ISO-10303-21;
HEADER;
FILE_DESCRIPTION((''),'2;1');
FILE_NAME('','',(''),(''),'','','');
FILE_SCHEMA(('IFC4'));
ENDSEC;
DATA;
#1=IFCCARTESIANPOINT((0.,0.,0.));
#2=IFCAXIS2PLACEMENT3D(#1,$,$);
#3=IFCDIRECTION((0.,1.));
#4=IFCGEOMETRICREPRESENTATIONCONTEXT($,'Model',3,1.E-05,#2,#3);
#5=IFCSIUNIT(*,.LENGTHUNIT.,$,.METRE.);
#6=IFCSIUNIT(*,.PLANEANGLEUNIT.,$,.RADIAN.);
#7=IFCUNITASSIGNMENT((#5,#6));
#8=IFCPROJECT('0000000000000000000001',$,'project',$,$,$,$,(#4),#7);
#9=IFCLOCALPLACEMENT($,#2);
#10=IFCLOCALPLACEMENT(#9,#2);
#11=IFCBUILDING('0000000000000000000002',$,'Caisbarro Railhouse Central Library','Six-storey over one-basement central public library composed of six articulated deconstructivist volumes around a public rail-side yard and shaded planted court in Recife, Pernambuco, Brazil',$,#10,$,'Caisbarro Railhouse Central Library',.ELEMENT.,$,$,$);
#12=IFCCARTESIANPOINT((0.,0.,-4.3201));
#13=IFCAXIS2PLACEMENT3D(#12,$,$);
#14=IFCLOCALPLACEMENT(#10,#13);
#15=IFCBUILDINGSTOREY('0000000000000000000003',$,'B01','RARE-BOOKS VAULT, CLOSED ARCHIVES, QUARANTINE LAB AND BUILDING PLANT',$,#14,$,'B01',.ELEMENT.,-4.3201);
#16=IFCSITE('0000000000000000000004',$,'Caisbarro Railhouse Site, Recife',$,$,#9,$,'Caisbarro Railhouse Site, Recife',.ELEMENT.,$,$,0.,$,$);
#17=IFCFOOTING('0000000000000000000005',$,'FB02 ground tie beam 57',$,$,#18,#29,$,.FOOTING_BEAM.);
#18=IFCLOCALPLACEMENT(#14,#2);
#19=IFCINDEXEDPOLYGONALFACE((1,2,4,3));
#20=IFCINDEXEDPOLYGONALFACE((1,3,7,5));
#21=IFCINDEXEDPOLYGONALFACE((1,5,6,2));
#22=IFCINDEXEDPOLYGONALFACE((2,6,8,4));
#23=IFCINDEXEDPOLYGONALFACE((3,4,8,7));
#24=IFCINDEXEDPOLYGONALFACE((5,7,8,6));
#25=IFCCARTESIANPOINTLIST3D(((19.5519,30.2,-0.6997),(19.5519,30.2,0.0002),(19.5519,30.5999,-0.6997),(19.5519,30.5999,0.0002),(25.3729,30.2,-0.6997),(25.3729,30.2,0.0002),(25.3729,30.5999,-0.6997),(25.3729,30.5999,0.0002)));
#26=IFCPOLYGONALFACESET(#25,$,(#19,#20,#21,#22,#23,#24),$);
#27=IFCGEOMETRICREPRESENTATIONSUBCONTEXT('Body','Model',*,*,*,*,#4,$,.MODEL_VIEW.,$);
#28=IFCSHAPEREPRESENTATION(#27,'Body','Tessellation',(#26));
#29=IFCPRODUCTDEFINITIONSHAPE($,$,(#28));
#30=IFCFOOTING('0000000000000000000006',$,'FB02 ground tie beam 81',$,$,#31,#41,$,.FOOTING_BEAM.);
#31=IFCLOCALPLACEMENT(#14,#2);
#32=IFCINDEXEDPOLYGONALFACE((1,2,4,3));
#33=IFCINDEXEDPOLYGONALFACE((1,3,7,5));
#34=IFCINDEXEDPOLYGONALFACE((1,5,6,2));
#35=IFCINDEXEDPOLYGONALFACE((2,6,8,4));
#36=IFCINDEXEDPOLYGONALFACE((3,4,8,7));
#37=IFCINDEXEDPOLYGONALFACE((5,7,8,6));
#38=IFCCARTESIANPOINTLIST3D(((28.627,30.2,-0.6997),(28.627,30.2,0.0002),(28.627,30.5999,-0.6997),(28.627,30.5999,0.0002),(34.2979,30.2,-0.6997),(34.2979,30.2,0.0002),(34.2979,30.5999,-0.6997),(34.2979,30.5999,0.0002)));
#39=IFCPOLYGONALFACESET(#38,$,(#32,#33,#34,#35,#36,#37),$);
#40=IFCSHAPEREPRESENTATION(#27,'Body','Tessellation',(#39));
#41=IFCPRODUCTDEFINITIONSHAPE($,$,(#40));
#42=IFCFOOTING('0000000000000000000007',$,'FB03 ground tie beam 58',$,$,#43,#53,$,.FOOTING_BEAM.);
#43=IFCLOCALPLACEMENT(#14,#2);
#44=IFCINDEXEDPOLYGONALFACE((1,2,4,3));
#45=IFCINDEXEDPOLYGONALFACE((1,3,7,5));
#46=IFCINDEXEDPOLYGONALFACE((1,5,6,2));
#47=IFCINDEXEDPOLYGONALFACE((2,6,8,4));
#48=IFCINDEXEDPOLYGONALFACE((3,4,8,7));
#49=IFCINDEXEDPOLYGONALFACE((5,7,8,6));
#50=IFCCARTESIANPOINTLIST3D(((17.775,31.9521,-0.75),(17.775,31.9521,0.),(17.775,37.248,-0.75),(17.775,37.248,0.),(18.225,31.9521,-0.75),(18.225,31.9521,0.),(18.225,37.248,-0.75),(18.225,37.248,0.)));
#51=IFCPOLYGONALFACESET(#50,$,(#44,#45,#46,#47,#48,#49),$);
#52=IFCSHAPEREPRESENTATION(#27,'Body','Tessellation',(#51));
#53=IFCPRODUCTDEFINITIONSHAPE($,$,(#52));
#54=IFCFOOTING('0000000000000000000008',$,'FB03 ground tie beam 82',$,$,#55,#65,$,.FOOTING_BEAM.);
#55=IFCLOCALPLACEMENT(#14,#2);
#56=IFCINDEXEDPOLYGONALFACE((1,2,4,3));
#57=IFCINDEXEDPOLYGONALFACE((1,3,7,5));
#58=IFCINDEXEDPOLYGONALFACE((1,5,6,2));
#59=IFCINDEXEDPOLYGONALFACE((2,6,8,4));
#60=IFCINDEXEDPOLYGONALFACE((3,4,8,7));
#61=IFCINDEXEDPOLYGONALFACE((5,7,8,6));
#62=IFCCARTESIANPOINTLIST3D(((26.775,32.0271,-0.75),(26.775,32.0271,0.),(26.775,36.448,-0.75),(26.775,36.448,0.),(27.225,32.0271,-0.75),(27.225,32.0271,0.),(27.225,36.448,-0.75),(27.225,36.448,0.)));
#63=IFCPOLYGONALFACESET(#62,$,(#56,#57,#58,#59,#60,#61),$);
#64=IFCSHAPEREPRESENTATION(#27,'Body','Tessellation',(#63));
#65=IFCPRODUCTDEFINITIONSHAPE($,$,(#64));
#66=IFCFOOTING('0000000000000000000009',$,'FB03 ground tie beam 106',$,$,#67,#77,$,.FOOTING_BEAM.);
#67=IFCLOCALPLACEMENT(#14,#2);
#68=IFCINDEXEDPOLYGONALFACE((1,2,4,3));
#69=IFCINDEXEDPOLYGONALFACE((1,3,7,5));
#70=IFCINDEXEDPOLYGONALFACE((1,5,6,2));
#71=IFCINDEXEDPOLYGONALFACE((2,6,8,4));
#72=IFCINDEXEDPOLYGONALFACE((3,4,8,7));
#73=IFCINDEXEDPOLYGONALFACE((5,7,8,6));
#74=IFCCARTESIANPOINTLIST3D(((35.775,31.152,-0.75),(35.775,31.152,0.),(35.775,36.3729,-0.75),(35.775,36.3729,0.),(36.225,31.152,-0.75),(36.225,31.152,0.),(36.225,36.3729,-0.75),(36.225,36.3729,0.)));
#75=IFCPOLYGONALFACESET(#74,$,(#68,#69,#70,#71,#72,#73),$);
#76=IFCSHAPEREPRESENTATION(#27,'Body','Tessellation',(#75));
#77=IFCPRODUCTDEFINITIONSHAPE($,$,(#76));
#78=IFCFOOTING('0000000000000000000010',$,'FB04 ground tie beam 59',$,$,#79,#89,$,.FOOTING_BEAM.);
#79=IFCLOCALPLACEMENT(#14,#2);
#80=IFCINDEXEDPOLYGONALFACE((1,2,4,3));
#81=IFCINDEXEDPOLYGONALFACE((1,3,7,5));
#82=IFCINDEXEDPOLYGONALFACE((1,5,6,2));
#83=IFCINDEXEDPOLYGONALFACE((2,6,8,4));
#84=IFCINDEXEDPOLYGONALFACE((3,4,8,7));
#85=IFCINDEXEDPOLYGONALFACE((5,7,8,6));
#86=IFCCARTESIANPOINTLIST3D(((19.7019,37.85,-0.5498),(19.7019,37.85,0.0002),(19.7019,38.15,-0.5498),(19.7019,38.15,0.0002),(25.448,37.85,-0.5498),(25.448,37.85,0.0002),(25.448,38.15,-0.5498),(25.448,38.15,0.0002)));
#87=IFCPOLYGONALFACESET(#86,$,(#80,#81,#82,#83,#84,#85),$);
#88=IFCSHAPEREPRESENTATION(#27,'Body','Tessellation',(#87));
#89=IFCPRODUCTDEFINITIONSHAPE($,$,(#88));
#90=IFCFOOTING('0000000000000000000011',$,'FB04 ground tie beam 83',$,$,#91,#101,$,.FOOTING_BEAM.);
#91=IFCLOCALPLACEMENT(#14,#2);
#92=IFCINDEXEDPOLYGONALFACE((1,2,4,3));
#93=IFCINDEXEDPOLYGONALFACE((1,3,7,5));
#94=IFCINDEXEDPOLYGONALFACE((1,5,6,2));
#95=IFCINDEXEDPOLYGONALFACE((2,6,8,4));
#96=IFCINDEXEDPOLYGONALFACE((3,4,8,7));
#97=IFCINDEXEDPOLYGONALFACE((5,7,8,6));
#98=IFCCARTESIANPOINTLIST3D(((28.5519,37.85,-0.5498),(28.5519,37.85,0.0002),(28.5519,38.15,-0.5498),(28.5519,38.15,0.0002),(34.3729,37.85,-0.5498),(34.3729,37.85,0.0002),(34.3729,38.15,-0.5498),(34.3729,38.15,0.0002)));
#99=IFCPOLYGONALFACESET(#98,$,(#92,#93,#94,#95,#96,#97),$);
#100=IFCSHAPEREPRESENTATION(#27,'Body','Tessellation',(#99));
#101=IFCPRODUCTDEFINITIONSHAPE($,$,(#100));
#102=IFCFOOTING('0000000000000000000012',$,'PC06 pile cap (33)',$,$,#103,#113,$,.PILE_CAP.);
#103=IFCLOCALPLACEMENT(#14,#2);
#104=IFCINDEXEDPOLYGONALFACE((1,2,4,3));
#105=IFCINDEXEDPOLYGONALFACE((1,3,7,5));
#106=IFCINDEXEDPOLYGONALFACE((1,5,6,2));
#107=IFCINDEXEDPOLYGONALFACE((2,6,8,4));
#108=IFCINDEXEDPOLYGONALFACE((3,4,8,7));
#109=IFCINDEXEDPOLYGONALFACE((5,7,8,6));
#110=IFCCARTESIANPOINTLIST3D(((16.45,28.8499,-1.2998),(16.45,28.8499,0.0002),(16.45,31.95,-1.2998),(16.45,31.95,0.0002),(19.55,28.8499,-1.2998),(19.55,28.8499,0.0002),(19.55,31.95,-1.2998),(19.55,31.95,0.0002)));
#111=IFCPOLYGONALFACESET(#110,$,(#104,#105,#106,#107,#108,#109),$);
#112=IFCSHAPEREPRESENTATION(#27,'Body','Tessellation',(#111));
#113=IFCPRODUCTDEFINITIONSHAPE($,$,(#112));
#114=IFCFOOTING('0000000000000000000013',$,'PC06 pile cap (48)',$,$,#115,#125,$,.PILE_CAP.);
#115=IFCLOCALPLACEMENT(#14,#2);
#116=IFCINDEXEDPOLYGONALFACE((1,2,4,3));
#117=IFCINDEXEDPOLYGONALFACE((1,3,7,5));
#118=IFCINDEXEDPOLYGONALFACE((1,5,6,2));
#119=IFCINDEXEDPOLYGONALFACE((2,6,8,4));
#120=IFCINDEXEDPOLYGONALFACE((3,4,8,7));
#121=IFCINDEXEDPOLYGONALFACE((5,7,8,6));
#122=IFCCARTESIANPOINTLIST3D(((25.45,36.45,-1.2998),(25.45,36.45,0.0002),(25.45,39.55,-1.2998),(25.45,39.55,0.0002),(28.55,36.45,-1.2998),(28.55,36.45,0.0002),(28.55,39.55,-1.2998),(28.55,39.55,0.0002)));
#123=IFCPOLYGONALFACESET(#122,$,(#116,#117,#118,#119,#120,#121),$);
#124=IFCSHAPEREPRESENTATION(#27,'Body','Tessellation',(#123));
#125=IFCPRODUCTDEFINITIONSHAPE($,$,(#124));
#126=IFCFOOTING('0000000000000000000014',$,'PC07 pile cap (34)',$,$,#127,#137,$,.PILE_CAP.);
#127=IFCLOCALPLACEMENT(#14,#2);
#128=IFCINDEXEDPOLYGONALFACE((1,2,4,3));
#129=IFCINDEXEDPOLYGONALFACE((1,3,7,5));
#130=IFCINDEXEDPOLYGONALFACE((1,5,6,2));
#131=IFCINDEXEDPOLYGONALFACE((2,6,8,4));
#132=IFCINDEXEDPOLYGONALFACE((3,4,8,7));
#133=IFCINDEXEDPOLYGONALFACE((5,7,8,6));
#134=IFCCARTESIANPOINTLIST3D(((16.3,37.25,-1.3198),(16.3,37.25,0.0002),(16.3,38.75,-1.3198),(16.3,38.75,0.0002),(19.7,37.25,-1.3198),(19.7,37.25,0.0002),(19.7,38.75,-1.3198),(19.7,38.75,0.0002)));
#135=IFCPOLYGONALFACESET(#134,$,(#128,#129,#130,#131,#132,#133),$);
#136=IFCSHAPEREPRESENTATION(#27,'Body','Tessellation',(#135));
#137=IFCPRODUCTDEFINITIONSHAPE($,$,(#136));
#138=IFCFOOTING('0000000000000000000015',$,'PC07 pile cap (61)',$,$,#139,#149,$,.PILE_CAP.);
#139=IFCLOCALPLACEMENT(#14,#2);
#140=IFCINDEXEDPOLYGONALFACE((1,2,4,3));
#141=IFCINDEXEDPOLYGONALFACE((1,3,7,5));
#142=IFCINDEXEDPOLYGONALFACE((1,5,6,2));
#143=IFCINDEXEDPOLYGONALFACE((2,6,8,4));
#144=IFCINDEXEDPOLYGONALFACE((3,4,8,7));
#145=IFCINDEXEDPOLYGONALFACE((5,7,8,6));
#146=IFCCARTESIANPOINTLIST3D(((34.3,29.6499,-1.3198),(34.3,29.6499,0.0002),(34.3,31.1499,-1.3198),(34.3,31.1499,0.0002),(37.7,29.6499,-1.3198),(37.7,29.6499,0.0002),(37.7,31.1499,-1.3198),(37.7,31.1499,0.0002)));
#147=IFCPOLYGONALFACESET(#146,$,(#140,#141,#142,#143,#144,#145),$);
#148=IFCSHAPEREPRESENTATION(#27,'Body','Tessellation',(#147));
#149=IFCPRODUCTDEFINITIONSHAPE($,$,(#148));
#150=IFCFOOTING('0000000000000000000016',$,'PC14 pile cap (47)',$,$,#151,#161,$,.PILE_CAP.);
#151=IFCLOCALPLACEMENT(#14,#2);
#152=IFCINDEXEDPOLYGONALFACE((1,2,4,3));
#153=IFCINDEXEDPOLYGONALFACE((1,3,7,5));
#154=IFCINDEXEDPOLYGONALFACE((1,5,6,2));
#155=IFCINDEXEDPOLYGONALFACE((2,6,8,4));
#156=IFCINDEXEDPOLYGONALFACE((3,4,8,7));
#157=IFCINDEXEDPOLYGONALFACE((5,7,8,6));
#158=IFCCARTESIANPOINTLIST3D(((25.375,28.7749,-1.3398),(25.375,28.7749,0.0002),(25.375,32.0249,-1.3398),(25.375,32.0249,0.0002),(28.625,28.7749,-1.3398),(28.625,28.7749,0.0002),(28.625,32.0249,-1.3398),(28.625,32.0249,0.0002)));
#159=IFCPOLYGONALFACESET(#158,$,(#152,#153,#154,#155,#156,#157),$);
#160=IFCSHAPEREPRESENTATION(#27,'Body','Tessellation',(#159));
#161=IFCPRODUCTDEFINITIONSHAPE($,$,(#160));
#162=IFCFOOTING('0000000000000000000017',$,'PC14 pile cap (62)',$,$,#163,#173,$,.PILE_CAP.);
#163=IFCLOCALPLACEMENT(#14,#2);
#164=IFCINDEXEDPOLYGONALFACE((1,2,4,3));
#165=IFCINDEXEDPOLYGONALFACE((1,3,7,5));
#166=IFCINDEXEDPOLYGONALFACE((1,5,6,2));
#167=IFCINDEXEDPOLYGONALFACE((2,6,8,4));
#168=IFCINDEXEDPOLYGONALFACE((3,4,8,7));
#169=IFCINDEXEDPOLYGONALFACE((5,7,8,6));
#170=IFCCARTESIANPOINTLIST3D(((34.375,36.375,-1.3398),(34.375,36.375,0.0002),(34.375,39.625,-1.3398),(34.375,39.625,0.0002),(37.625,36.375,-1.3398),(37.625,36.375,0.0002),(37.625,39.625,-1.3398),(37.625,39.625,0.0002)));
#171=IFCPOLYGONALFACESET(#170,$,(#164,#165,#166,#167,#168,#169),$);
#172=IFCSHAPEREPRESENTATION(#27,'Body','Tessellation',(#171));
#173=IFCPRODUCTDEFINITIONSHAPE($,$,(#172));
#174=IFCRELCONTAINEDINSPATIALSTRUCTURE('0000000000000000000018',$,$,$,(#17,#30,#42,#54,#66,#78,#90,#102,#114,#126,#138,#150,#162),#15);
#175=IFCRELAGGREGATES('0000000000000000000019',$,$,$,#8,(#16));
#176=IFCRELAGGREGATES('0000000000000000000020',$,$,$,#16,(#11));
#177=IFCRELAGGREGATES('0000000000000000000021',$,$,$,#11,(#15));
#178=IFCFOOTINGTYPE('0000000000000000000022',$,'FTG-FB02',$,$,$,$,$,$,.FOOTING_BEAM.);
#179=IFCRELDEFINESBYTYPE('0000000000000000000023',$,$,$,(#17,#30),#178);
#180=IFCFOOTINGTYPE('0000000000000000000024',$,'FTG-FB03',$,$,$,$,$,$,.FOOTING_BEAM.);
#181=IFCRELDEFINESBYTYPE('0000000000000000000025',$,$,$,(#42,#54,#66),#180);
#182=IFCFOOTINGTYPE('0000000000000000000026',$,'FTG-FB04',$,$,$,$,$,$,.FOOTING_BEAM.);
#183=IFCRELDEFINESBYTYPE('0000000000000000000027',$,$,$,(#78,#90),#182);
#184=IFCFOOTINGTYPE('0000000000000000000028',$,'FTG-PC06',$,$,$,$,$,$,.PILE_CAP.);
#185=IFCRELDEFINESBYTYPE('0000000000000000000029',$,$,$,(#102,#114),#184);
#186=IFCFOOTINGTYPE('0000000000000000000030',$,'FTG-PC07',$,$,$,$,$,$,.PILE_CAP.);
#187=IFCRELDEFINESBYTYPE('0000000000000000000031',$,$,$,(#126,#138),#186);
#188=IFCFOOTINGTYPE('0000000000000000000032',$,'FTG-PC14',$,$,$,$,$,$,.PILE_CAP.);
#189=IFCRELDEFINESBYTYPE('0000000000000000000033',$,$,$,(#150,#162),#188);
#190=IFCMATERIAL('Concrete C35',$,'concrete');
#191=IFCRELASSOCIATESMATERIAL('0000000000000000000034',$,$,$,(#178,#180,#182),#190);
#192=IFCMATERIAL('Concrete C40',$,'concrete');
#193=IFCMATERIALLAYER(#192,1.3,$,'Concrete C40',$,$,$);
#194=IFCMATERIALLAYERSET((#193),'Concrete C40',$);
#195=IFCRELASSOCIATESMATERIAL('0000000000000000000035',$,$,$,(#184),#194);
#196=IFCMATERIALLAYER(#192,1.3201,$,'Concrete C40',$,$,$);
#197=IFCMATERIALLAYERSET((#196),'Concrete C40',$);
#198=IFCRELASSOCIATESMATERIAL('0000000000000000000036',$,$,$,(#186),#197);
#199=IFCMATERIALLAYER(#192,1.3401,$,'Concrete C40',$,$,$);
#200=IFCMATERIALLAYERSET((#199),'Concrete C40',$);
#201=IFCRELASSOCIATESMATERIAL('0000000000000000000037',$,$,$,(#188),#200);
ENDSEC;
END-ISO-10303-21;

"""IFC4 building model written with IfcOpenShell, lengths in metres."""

from ifc_helpers import new_model, si_unit, direction, frame, origin, origin_2d, place, context, subcontext, project, spatial, rectangle, extrude, material, layer, layer_set, type_object, element, save


model = new_model("IFC4")

# Units and contexts
model_context = context("Model", 3, precision=1e-05, world=origin(), true_north=direction((0.0, 1.0)))
body_context = subcontext(model_context, "Body", "Model", "MODEL_VIEW")
ifc_project = project(units=[si_unit("LENGTHUNIT", "METRE"), si_unit("PLANEANGLEUNIT", "RADIAN")], contexts=[model_context])

# Site, building, storey
site_placement = place(None, origin())
site = spatial("IfcSite", under=ifc_project, at=site_placement, Name="Caisbarro Railhouse Site, Recife", LongName="Caisbarro Railhouse Site, Recife", CompositionType="ELEMENT", RefElevation=0.0)
building_placement = place(site_placement, origin())
building = spatial("IfcBuilding", under=site, at=building_placement, Name="Caisbarro Railhouse Central Library", Description="Six-storey over one-basement central public library composed of six articulated deconstructivist volumes around a public rail-side yard and shaded planted court in Recife, Pernambuco, Brazil", LongName="Caisbarro Railhouse Central Library", CompositionType="ELEMENT")
storey_placement = place(building_placement, frame((0.0, 0.0, -4.3201)))
storey = spatial("IfcBuildingStorey", under=building, at=storey_placement, Name="B01", Description="RARE-BOOKS VAULT, CLOSED ARCHIVES, QUARANTINE LAB AND BUILDING PLANT", LongName="B01", CompositionType="ELEMENT", Elevation=-4.3201)

# Footings
ifc_material_1 = material(Name="Concrete C35", Category="concrete")
footing_type_1 = type_object("IfcFootingType", Name="FTG-FB02", PredefinedType="FOOTING_BEAM", material=ifc_material_1)
footing_1_placement = place(storey_placement, frame((22.4624, 30.3999, -0.6997), z_axis=(0.0, 0.0, 1.0), x_axis=(1.0, 0.0, 0.0)))
element("IfcFooting", 1, at=footing_1_placement, inside=storey, type_object=footing_type_1, Name="FB02 ground tie beam 57", PredefinedType="FOOTING_BEAM", context=body_context, shape_type="SweptSolid", body=[
    extrude(rectangle(XDim=5.821, YDim=0.3999, at=origin_2d()), origin(), (0.0, 0.0, 1.0), 0.7),
])
footing_2_placement = place(storey_placement, frame((31.4624, 30.3999, -0.6997), z_axis=(0.0, 0.0, 1.0), x_axis=(1.0, 0.0, 0.0)))
element("IfcFooting", 2, at=footing_2_placement, inside=storey, type_object=footing_type_1, Name="FB02 ground tie beam 81", PredefinedType="FOOTING_BEAM", context=body_context, shape_type="SweptSolid", body=[
    extrude(rectangle(XDim=5.6709, YDim=0.3999, at=origin_2d()), origin(), (0.0, 0.0, 1.0), 0.7),
])
footing_type_2 = type_object("IfcFootingType", Name="FTG-FB03", PredefinedType="FOOTING_BEAM", material=ifc_material_1)
footing_3_placement = place(storey_placement, frame((18.0, 34.6001, -0.75), z_axis=(0.0, 0.0, 1.0), x_axis=(0.0, 1.0, 0.0)))
element("IfcFooting", 3, at=footing_3_placement, inside=storey, type_object=footing_type_2, Name="FB03 ground tie beam 58", PredefinedType="FOOTING_BEAM", context=body_context, shape_type="SweptSolid", body=[
    extrude(rectangle(XDim=5.2959, YDim=0.45, at=origin_2d()), origin(), (0.0, 0.0, 1.0), 0.75),
])
footing_4_placement = place(storey_placement, frame((27.0, 34.2375, -0.75), z_axis=(0.0, 0.0, 1.0), x_axis=(0.0, 1.0, 0.0)))
element("IfcFooting", 4, at=footing_4_placement, inside=storey, type_object=footing_type_2, Name="FB03 ground tie beam 82", PredefinedType="FOOTING_BEAM", context=body_context, shape_type="SweptSolid", body=[
    extrude(rectangle(XDim=4.4209, YDim=0.45, at=origin_2d()), origin(), (0.0, 0.0, 1.0), 0.75),
])
footing_5_placement = place(storey_placement, frame((36.0, 33.7625, -0.75), z_axis=(0.0, 0.0, 1.0), x_axis=(0.0, 1.0, 0.0)))
element("IfcFooting", 5, at=footing_5_placement, inside=storey, type_object=footing_type_2, Name="FB03 ground tie beam 106", PredefinedType="FOOTING_BEAM", context=body_context, shape_type="SweptSolid", body=[
    extrude(rectangle(XDim=5.2209, YDim=0.45, at=origin_2d()), origin(), (0.0, 0.0, 1.0), 0.75),
])
footing_type_3 = type_object("IfcFootingType", Name="FTG-FB04", PredefinedType="FOOTING_BEAM", material=ifc_material_1)
footing_6_placement = place(storey_placement, frame((22.575, 38.0, -0.5498), z_axis=(0.0, 0.0, 1.0), x_axis=(1.0, 0.0, 0.0)))
element("IfcFooting", 6, at=footing_6_placement, inside=storey, type_object=footing_type_3, Name="FB04 ground tie beam 59", PredefinedType="FOOTING_BEAM", context=body_context, shape_type="SweptSolid", body=[
    extrude(rectangle(XDim=5.7461, YDim=0.3, at=origin_2d()), origin(), (0.0, 0.0, 1.0), 0.55),
])
footing_7_placement = place(storey_placement, frame((31.4624, 38.0, -0.5498), z_axis=(0.0, 0.0, 1.0), x_axis=(1.0, 0.0, 0.0)))
element("IfcFooting", 7, at=footing_7_placement, inside=storey, type_object=footing_type_3, Name="FB04 ground tie beam 83", PredefinedType="FOOTING_BEAM", context=body_context, shape_type="SweptSolid", body=[
    extrude(rectangle(XDim=5.821, YDim=0.3, at=origin_2d()), origin(), (0.0, 0.0, 1.0), 0.55),
])
ifc_material_2 = material(Name="Concrete C40", Category="concrete")
ifc_layer_1 = layer(ifc_material_2, 1.3, Name="Concrete C40")
ifc_layer_set_1 = layer_set([ifc_layer_1], Name="Concrete C40")
footing_type_4 = type_object("IfcFootingType", Name="FTG-PC06", PredefinedType="PILE_CAP", material=ifc_layer_set_1)
for number, where, z_axis, x_axis, name in (
    (8, (18.0, 30.3999, -1.2998), (0.0, 0.0, 1.0), (1.0, 0.0, 0.0), "PC06 pile cap (33)"),
    (9, (27.0, 38.0, -1.2998), (0.0, 0.0, 1.0), (1.0, 0.0, 0.0), "PC06 pile cap (48)"),
):
    element("IfcFooting", number, at=place(storey_placement, frame(where, z_axis=z_axis, x_axis=x_axis)), inside=storey, type_object=footing_type_4, Name=name, PredefinedType="PILE_CAP", context=body_context, shape_type="SweptSolid", body=[
        extrude(rectangle(XDim=3.1001, YDim=3.1001, at=origin_2d()), origin(), (0.0, 0.0, 1.0), 1.3),
    ])
ifc_layer_2 = layer(ifc_material_2, 1.3201, Name="Concrete C40")
ifc_layer_set_2 = layer_set([ifc_layer_2], Name="Concrete C40")
footing_type_5 = type_object("IfcFootingType", Name="FTG-PC07", PredefinedType="PILE_CAP", material=ifc_layer_set_2)
for number, where, z_axis, x_axis, name in (
    (10, (18.0, 38.0, -1.3198), (0.0, 0.0, 1.0), (1.0, 0.0, 0.0), "PC07 pile cap (34)"),
    (11, (36.0, 30.3999, -1.3198), (0.0, 0.0, 1.0), (1.0, 0.0, 0.0), "PC07 pile cap (61)"),
):
    element("IfcFooting", number, at=place(storey_placement, frame(where, z_axis=z_axis, x_axis=x_axis)), inside=storey, type_object=footing_type_5, Name=name, PredefinedType="PILE_CAP", context=body_context, shape_type="SweptSolid", body=[
        extrude(rectangle(XDim=3.3999, YDim=1.5, at=origin_2d()), origin(), (0.0, 0.0, 1.0), 1.3201),
    ])
ifc_layer_3 = layer(ifc_material_2, 1.3401, Name="Concrete C40")
ifc_layer_set_3 = layer_set([ifc_layer_3], Name="Concrete C40")
footing_type_6 = type_object("IfcFootingType", Name="FTG-PC14", PredefinedType="PILE_CAP", material=ifc_layer_set_3)
for number, where, z_axis, x_axis, name in (
    (12, (27.0, 30.3999, -1.3398), (0.0, 0.0, 1.0), (1.0, 0.0, 0.0), "PC14 pile cap (47)"),
    (13, (36.0, 38.0, -1.3398), (0.0, 0.0, 1.0), (1.0, 0.0, 0.0), "PC14 pile cap (62)"),
):
    element("IfcFooting", number, at=place(storey_placement, frame(where, z_axis=z_axis, x_axis=x_axis)), inside=storey, type_object=footing_type_6, Name=name, PredefinedType="PILE_CAP", context=body_context, shape_type="SweptSolid", body=[
        extrude(rectangle(XDim=3.25, YDim=3.25, at=origin_2d()), origin(), (0.0, 0.0, 1.0), 1.3401),
    ])

save(model, "model.ifc")
